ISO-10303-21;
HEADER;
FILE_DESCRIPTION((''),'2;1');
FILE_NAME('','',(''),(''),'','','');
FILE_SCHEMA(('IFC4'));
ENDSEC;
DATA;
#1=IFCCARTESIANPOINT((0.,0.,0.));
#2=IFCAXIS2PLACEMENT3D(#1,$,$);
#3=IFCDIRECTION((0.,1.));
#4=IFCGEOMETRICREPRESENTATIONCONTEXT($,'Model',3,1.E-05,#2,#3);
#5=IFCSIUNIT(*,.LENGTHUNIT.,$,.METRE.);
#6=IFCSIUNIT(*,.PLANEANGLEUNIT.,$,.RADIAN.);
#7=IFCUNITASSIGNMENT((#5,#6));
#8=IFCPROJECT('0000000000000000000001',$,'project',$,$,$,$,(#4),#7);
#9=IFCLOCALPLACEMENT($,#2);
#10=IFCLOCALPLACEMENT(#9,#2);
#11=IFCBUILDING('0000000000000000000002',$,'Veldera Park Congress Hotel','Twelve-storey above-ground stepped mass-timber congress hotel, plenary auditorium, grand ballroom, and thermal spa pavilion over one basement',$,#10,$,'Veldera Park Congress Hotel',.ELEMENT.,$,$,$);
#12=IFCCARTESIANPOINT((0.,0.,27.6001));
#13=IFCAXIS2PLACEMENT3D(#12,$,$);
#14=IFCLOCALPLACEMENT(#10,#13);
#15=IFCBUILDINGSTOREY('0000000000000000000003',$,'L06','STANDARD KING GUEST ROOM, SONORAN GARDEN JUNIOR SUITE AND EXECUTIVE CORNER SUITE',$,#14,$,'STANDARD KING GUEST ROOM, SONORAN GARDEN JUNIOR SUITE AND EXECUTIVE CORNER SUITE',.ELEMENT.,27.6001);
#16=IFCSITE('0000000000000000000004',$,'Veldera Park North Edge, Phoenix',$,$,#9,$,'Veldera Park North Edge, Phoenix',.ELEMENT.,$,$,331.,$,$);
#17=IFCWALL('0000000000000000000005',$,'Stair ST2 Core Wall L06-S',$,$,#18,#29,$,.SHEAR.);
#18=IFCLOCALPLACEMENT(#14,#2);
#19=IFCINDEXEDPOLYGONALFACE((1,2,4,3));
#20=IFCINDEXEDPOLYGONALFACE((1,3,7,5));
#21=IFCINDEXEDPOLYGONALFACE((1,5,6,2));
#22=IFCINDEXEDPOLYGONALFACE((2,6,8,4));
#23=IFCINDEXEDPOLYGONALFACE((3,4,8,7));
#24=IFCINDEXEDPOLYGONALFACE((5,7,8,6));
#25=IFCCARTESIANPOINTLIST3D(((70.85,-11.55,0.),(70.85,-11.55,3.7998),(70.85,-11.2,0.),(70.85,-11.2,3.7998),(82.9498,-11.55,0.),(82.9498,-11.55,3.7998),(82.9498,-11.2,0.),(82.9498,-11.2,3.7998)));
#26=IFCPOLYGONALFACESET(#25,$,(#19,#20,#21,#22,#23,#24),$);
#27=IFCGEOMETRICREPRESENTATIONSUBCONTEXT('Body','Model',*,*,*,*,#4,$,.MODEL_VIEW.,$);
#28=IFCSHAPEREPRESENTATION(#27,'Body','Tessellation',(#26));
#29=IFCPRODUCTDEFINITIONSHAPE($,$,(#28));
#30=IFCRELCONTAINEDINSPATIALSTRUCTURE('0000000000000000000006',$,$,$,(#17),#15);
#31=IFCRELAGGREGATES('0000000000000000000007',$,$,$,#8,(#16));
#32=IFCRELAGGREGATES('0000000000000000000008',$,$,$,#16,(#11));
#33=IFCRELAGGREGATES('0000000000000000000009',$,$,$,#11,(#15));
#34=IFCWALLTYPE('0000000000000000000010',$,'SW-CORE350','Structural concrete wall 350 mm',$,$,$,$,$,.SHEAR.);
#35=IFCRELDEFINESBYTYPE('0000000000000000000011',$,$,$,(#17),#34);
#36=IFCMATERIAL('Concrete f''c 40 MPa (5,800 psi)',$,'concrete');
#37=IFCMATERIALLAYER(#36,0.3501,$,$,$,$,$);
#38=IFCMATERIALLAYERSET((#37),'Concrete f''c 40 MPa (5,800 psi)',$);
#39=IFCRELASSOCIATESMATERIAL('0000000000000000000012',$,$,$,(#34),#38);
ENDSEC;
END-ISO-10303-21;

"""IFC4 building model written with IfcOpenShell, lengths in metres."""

from ifc_helpers import new_model, si_unit, direction, frame, frame_2d, origin, place, context, subcontext, project, spatial, rectangle, extrude, material, layer, layer_set, type_object, element, save


model = new_model("IFC4")

# Units and contexts
model_context = context("Model", 3, precision=1e-05, world=origin(), true_north=direction((0.0, 1.0)))
body_context = subcontext(model_context, "Body", "Model", "MODEL_VIEW")
ifc_project = project(units=[si_unit("LENGTHUNIT", "METRE"), si_unit("PLANEANGLEUNIT", "RADIAN")], contexts=[model_context])

# Site, building, storey
site_placement = place(None, origin())
site = spatial("IfcSite", under=ifc_project, at=site_placement, Name="Veldera Park North Edge, Phoenix", LongName="Veldera Park North Edge, Phoenix", CompositionType="ELEMENT", RefElevation=331.0)
building_placement = place(site_placement, origin())
building = spatial("IfcBuilding", under=site, at=building_placement, Name="Veldera Park Congress Hotel", Description="Twelve-storey above-ground stepped mass-timber congress hotel, plenary auditorium, grand ballroom, and thermal spa pavilion over one basement", LongName="Veldera Park Congress Hotel", CompositionType="ELEMENT")
storey_placement = place(building_placement, frame((0.0, 0.0, 27.6001)))
storey = spatial("IfcBuildingStorey", under=building, at=storey_placement, Name="L06", Description="STANDARD KING GUEST ROOM, SONORAN GARDEN JUNIOR SUITE AND EXECUTIVE CORNER SUITE", LongName="STANDARD KING GUEST ROOM, SONORAN GARDEN JUNIOR SUITE AND EXECUTIVE CORNER SUITE", CompositionType="ELEMENT", Elevation=27.6001)

# Wall
ifc_material_1 = material(Name="Concrete f'c 40 MPa (5,800 psi)", Category="concrete")
ifc_layer_1 = layer(ifc_material_1, 0.3501)
ifc_layer_set_1 = layer_set([ifc_layer_1], Name="Concrete f'c 40 MPa (5,800 psi)")
wall_type_1 = type_object("IfcWallType", Name="SW-CORE350", Description="Structural concrete wall 350 mm", PredefinedType="SHEAR", material=ifc_layer_set_1)
wall_1_placement = place(storey_placement, frame((70.8501, -11.375, 0.0), z_axis=(0.0, 0.0, 1.0), x_axis=(1.0, 0.0, 0.0)))
element("IfcWall", 1, at=wall_1_placement, inside=storey, type_object=wall_type_1, Name="Stair ST2 Core Wall L06-S", PredefinedType="SHEAR", context=body_context, shape_type="SweptSolid", body=[
    extrude(rectangle(XDim=12.0999, YDim=0.3501, at=frame_2d((6.0498, 0.0))), origin(), (0.0, 0.0, 1.0), 3.7998),
])

save(model, "model.ifc")
